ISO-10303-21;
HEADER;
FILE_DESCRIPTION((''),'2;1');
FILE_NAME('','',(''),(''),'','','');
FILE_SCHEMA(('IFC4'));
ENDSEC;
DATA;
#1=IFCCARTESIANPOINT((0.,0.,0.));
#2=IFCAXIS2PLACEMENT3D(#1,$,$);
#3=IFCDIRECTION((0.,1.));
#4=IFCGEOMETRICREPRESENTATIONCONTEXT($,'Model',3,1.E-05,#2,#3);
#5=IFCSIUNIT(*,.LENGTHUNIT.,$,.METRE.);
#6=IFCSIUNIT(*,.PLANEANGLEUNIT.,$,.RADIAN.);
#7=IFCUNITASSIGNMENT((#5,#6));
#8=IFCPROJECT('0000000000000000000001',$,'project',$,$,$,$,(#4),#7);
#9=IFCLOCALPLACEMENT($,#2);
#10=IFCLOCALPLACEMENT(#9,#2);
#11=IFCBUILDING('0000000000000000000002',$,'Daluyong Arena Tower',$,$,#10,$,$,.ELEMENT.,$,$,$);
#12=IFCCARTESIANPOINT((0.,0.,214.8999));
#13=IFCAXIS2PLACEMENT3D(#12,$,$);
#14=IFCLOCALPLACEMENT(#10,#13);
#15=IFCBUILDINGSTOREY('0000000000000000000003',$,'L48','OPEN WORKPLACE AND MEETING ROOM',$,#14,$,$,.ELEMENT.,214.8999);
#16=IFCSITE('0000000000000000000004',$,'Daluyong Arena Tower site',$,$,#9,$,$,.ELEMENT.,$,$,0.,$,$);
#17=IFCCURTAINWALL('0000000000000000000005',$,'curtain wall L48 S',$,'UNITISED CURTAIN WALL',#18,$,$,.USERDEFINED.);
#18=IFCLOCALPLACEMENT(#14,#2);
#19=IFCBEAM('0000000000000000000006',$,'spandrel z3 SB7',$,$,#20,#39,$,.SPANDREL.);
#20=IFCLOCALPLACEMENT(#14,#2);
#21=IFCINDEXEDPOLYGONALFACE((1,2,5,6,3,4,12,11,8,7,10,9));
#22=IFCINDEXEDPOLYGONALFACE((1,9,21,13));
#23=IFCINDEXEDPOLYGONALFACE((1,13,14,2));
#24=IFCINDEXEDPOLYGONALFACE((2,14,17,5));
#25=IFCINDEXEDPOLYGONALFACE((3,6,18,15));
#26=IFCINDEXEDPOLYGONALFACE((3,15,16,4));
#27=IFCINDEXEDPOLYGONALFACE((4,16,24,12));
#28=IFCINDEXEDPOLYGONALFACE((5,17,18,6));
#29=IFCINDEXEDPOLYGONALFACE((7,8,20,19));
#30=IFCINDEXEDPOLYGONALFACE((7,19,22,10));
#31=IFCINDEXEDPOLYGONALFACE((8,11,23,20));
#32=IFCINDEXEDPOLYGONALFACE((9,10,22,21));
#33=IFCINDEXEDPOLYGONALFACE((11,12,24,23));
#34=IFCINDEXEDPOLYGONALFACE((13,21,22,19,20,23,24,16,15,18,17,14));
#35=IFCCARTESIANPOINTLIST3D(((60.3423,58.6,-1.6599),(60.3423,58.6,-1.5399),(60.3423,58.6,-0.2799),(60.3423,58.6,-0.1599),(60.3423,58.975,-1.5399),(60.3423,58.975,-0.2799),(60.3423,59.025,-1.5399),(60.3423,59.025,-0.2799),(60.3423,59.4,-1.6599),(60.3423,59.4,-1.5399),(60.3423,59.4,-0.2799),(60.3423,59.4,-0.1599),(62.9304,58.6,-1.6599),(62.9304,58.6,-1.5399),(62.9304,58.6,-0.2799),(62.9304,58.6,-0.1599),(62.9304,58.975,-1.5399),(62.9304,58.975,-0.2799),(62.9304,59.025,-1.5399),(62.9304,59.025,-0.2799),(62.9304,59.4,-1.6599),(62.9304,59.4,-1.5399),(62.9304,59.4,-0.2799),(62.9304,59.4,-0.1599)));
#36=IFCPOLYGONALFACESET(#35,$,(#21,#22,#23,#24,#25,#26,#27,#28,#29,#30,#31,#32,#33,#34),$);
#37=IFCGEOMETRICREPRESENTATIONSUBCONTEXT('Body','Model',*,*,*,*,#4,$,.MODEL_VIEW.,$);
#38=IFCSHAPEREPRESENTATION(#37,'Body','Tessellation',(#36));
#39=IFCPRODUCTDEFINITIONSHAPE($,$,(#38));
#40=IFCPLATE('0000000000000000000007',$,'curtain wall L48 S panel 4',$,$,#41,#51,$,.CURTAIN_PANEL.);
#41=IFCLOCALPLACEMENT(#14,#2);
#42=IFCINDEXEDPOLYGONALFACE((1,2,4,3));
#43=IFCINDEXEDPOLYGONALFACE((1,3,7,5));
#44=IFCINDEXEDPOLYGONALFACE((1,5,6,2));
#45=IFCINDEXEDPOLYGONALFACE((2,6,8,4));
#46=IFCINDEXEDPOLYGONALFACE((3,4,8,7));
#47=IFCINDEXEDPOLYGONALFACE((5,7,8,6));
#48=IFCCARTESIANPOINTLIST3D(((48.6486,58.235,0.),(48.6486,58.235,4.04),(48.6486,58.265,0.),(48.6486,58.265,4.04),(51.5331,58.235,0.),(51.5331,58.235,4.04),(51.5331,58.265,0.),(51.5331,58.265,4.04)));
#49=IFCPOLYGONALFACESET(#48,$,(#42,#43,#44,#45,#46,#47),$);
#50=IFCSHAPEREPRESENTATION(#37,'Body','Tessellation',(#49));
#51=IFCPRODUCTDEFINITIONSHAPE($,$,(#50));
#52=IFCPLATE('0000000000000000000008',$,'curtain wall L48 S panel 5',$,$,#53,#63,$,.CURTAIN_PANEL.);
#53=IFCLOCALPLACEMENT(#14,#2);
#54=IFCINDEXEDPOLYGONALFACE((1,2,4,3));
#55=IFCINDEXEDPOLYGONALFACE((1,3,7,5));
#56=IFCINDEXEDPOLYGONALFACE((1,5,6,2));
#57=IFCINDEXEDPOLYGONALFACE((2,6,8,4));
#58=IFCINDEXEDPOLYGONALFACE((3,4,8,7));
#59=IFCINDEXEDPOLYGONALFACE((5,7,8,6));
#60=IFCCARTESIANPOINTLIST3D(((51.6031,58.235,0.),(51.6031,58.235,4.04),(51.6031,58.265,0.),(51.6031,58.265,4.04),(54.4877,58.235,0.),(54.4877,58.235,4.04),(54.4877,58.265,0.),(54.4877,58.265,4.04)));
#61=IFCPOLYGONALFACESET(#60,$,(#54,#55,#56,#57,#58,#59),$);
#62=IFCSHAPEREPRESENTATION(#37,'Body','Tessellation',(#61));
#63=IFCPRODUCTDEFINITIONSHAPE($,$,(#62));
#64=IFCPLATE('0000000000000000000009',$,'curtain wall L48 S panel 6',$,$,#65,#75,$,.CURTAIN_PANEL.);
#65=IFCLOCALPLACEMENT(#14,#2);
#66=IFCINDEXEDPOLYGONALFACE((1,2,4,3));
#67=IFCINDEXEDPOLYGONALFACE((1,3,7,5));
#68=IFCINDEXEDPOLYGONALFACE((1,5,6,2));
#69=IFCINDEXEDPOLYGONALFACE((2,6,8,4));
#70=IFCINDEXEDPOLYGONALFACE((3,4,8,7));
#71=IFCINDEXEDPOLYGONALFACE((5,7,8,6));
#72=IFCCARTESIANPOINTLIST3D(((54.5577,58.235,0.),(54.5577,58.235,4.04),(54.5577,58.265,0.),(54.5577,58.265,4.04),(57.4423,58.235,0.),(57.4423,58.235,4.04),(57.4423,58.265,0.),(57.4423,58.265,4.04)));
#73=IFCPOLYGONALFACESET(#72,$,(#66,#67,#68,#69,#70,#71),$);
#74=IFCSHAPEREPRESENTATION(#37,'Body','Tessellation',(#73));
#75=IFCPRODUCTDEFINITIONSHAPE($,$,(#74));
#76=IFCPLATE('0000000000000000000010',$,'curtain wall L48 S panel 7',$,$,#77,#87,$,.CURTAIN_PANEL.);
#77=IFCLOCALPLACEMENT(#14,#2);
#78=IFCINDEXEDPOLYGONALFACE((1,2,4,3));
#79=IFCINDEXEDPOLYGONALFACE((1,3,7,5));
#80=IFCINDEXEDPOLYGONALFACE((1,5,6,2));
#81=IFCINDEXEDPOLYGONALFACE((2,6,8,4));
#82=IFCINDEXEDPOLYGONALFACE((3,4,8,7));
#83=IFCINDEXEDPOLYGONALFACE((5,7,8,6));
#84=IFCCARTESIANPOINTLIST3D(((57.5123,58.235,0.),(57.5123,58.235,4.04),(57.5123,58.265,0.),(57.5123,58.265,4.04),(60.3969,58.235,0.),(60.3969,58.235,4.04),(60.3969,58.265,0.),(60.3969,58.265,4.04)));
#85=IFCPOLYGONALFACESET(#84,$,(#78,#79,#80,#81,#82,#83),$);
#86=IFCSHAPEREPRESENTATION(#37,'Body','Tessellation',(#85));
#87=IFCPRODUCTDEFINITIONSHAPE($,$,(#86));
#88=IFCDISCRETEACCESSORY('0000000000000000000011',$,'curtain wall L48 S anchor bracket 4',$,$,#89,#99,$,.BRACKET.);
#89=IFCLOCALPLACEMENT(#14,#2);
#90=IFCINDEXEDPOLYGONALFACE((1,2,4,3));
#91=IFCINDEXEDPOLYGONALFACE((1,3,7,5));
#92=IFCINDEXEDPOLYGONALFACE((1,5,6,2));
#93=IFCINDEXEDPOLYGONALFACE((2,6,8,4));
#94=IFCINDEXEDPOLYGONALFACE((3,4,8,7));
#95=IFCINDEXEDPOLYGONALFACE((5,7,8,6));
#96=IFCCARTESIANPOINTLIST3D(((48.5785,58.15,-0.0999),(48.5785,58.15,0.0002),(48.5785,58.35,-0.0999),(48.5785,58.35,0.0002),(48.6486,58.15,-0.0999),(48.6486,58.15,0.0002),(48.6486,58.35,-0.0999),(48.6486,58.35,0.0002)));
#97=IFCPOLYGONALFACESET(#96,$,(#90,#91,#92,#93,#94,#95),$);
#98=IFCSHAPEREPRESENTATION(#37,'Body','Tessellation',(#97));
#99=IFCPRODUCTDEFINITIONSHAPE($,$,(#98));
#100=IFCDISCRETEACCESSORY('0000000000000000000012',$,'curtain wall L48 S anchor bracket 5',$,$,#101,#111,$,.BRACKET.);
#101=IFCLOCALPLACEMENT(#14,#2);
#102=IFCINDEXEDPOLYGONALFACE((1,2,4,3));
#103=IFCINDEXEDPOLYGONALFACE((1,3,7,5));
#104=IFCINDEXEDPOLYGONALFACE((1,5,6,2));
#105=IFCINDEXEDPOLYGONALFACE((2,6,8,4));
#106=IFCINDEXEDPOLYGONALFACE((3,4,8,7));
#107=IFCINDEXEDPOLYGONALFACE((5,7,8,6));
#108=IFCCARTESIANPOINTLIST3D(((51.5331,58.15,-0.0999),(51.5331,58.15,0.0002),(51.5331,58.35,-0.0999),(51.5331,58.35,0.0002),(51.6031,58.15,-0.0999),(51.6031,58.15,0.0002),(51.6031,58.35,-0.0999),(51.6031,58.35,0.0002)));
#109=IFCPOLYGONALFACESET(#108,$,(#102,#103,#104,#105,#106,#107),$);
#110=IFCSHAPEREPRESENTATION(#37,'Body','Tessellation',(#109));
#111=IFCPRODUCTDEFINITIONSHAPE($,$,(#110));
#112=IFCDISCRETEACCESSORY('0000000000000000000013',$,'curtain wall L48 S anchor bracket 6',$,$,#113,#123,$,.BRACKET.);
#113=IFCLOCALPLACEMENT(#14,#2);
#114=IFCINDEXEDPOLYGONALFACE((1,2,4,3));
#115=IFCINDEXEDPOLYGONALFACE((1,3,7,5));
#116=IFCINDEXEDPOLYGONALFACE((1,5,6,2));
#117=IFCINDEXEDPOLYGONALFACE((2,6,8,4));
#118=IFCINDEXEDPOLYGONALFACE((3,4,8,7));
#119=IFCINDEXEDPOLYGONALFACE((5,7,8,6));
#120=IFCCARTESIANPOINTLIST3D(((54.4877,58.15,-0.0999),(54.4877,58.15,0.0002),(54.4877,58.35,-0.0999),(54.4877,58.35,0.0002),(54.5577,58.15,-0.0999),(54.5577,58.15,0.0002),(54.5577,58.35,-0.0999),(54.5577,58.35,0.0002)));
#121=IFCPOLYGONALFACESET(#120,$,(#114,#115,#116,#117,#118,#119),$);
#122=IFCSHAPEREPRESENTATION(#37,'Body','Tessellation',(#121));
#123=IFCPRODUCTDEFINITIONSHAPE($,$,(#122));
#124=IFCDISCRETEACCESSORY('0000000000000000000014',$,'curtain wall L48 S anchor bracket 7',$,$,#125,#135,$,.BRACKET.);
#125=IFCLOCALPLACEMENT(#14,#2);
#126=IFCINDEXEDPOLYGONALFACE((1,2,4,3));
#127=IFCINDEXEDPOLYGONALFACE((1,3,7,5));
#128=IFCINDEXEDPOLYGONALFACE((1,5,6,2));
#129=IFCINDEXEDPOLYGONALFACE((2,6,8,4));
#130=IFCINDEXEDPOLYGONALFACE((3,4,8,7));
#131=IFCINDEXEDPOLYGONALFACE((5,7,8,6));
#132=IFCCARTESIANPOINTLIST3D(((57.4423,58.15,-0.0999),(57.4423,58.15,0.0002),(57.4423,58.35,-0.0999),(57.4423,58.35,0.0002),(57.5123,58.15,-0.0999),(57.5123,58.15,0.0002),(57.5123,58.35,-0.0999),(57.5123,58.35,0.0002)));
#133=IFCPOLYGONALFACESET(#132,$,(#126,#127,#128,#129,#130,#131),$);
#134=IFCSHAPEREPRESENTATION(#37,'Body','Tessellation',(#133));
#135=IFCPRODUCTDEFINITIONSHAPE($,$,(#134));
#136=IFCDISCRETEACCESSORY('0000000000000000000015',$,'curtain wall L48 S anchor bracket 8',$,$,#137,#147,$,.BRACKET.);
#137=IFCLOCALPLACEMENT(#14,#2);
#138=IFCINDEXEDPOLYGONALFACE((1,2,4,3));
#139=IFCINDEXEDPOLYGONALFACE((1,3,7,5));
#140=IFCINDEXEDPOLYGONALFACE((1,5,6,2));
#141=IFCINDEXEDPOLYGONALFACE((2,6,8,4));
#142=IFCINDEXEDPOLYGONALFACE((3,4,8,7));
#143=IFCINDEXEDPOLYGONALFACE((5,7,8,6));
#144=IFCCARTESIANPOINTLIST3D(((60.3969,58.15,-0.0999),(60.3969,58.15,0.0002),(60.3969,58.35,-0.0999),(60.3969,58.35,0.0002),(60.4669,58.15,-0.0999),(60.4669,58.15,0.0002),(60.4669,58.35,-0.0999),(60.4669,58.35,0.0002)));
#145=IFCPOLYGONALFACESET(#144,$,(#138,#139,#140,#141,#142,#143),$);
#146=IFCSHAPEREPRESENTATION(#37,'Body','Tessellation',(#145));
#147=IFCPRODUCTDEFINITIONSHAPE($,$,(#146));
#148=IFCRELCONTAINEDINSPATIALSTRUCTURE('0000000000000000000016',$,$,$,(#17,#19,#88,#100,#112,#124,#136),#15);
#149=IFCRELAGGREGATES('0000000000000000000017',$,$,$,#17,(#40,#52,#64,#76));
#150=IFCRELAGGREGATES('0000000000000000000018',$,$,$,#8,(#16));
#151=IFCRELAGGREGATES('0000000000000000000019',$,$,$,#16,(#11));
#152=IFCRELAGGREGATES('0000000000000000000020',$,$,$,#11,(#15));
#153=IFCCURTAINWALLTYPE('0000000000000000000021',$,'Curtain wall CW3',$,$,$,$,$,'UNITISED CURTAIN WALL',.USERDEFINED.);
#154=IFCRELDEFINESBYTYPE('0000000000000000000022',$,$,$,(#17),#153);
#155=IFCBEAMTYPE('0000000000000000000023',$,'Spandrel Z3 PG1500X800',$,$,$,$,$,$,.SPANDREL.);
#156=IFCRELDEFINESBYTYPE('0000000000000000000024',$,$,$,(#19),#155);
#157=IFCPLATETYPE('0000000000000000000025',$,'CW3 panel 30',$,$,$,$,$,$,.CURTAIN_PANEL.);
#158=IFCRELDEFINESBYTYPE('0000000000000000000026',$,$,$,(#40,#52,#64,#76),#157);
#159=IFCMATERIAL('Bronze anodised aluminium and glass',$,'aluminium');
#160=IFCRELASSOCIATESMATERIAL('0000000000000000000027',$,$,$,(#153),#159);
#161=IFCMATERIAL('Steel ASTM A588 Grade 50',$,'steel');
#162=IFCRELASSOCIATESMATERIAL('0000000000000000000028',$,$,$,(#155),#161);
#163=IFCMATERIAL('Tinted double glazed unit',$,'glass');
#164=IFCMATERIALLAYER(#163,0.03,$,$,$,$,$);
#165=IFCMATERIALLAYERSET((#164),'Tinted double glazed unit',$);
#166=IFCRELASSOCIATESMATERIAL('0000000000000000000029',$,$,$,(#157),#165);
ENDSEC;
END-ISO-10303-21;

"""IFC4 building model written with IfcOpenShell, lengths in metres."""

from ifc_helpers import new_model, si_unit, direction, frame, origin, origin_2d, place, context, subcontext, project, spatial, rectangle, i_section, extrude, material, layer, layer_set, material_profile, profile_set, type_object, element, aggregate, save


model = new_model("IFC4")

# Units and contexts
model_context = context("Model", 3, precision=1e-05, world=origin(), true_north=direction((0.0, 1.0)))
body_context = subcontext(model_context, "Body", "Model", "MODEL_VIEW")
ifc_project = project(units=[si_unit("LENGTHUNIT", "METRE"), si_unit("PLANEANGLEUNIT", "RADIAN")], contexts=[model_context])

# Site, building, storey
site_placement = place(None, origin())
site = spatial("IfcSite", under=ifc_project, at=site_placement, Name="Daluyong Arena Tower site", CompositionType="ELEMENT", RefElevation=0.0)
building_placement = place(site_placement, origin())
building = spatial("IfcBuilding", under=site, at=building_placement, Name="Daluyong Arena Tower", CompositionType="ELEMENT")
storey_placement = place(building_placement, frame((0.0, 0.0, 214.8999)))
storey = spatial("IfcBuildingStorey", under=building, at=storey_placement, Name="L48", Description="OPEN WORKPLACE AND MEETING ROOM", CompositionType="ELEMENT", Elevation=214.8999)

# Curtain wall
ifc_material_1 = material(Name="Bronze anodised aluminium and glass", Category="aluminium")
curtain_wall_type = type_object("IfcCurtainWallType", Name="Curtain wall CW3", ElementType="UNITISED CURTAIN WALL", PredefinedType="USERDEFINED", material=ifc_material_1)
curtain_wall_placement = place(storey_placement, origin())
curtain_wall = element("IfcCurtainWall", 1, at=curtain_wall_placement, inside=storey, type_object=curtain_wall_type, Name="curtain wall L48 S", ObjectType="UNITISED CURTAIN WALL", PredefinedType="USERDEFINED")

# Beam
ifc_material_2 = material(Name="Steel ASTM A588 Grade 50", Category="steel")
ifc_material_profile_1 = material_profile(ifc_material_2, i_section(OverallWidth=0.8, OverallDepth=1.5, WebThickness=0.05, FlangeThickness=0.12, at=origin_2d()))
ifc_profile_set_1 = profile_set([ifc_material_profile_1], Name="Steel ASTM A588 Grade 50")
beam_type_1 = type_object("IfcBeamType", Name="Spandrel Z3 PG1500X800", PredefinedType="SPANDREL", material=ifc_profile_set_1)
for number, where, z_axis, x_axis, name in (
    (2, (60.3423, 59.0, -0.9099), (1.0, 0.0, 0.0), (0.0, 1.0, 0.0), "spandrel z3 SB7"),
):
    element("IfcBeam", number, at=place(storey_placement, frame(where, z_axis=z_axis, x_axis=x_axis)), inside=storey, type_object=beam_type_1, Name=name, PredefinedType="SPANDREL", context=body_context, shape_type="SweptSolid", body=[
        extrude(i_section(OverallWidth=0.8, OverallDepth=1.5, WebThickness=0.05, FlangeThickness=0.12, at=origin_2d()), origin(), (0.0, 0.0, 1.0), 2.5881),
    ])

# Plates
ifc_material_3 = material(Name="Tinted double glazed unit", Category="glass")
ifc_layer = layer(ifc_material_3, 0.03)
ifc_layer_set = layer_set([ifc_layer], Name="Tinted double glazed unit")
plate_type = type_object("IfcPlateType", Name="CW3 panel 30", PredefinedType="CURTAIN_PANEL", material=ifc_layer_set)
plate_1_placement = place(storey_placement, frame((50.0908, 58.25, 0.0), z_axis=(0.0, 0.0, 1.0), x_axis=(1.0, 0.0, 0.0)))
plate_1 = element("IfcPlate", 3, at=plate_1_placement, type_object=plate_type, Name="curtain wall L48 S panel 4", PredefinedType="CURTAIN_PANEL", context=body_context, shape_type="SweptSolid", body=[
    extrude(rectangle(XDim=2.8845, YDim=0.03, at=origin_2d()), origin(), (0.0, 0.0, 1.0), 4.04),
])
plate_2_placement = place(storey_placement, frame((53.0454, 58.25, 0.0), z_axis=(0.0, 0.0, 1.0), x_axis=(1.0, 0.0, 0.0)))
plate_2 = element("IfcPlate", 4, at=plate_2_placement, type_object=plate_type, Name="curtain wall L48 S panel 5", PredefinedType="CURTAIN_PANEL", context=body_context, shape_type="SweptSolid", body=[
    extrude(rectangle(XDim=2.8845, YDim=0.03, at=origin_2d()), origin(), (0.0, 0.0, 1.0), 4.04),
])
plate_3_placement = place(storey_placement, frame((56.0, 58.25, 0.0), z_axis=(0.0, 0.0, 1.0), x_axis=(1.0, 0.0, 0.0)))
plate_3 = element("IfcPlate", 5, at=plate_3_placement, type_object=plate_type, Name="curtain wall L48 S panel 6", PredefinedType="CURTAIN_PANEL", context=body_context, shape_type="SweptSolid", body=[
    extrude(rectangle(XDim=2.8845, YDim=0.03, at=origin_2d()), origin(), (0.0, 0.0, 1.0), 4.04),
])
plate_4_placement = place(storey_placement, frame((58.9546, 58.25, 0.0), z_axis=(0.0, 0.0, 1.0), x_axis=(1.0, 0.0, 0.0)))
plate_4 = element("IfcPlate", 6, at=plate_4_placement, type_object=plate_type, Name="curtain wall L48 S panel 7", PredefinedType="CURTAIN_PANEL", context=body_context, shape_type="SweptSolid", body=[
    extrude(rectangle(XDim=2.8845, YDim=0.03, at=origin_2d()), origin(), (0.0, 0.0, 1.0), 4.04),
])
aggregate(curtain_wall, [plate_1, plate_2, plate_3, plate_4])

# Discrete accessories
for number, where, z_axis, x_axis, name in (
    (7, (48.6135, 58.25, -0.0999), (0.0, 0.0, 1.0), (1.0, 0.0, 0.0), "curtain wall L48 S anchor bracket 4"),
    (8, (51.5681, 58.25, -0.0999), (0.0, 0.0, 1.0), (1.0, 0.0, 0.0), "curtain wall L48 S anchor bracket 5"),
    (9, (54.5227, 58.25, -0.0999), (0.0, 0.0, 1.0), (1.0, 0.0, 0.0), "curtain wall L48 S anchor bracket 6"),
    (10, (57.4773, 58.25, -0.0999), (0.0, 0.0, 1.0), (1.0, 0.0, 0.0), "curtain wall L48 S anchor bracket 7"),
    (11, (60.4319, 58.25, -0.0999), (0.0, 0.0, 1.0), (1.0, 0.0, 0.0), "curtain wall L48 S anchor bracket 8"),
):
    element("IfcDiscreteAccessory", number, at=place(storey_placement, frame(where, z_axis=z_axis, x_axis=x_axis)), inside=storey, Name=name, PredefinedType="BRACKET", context=body_context, shape_type="SweptSolid", body=[
        extrude(rectangle(XDim=0.0701, YDim=0.2, at=origin_2d()), origin(), (0.0, 0.0, 1.0), 0.1001),
    ])

save(model, "model.ifc")
